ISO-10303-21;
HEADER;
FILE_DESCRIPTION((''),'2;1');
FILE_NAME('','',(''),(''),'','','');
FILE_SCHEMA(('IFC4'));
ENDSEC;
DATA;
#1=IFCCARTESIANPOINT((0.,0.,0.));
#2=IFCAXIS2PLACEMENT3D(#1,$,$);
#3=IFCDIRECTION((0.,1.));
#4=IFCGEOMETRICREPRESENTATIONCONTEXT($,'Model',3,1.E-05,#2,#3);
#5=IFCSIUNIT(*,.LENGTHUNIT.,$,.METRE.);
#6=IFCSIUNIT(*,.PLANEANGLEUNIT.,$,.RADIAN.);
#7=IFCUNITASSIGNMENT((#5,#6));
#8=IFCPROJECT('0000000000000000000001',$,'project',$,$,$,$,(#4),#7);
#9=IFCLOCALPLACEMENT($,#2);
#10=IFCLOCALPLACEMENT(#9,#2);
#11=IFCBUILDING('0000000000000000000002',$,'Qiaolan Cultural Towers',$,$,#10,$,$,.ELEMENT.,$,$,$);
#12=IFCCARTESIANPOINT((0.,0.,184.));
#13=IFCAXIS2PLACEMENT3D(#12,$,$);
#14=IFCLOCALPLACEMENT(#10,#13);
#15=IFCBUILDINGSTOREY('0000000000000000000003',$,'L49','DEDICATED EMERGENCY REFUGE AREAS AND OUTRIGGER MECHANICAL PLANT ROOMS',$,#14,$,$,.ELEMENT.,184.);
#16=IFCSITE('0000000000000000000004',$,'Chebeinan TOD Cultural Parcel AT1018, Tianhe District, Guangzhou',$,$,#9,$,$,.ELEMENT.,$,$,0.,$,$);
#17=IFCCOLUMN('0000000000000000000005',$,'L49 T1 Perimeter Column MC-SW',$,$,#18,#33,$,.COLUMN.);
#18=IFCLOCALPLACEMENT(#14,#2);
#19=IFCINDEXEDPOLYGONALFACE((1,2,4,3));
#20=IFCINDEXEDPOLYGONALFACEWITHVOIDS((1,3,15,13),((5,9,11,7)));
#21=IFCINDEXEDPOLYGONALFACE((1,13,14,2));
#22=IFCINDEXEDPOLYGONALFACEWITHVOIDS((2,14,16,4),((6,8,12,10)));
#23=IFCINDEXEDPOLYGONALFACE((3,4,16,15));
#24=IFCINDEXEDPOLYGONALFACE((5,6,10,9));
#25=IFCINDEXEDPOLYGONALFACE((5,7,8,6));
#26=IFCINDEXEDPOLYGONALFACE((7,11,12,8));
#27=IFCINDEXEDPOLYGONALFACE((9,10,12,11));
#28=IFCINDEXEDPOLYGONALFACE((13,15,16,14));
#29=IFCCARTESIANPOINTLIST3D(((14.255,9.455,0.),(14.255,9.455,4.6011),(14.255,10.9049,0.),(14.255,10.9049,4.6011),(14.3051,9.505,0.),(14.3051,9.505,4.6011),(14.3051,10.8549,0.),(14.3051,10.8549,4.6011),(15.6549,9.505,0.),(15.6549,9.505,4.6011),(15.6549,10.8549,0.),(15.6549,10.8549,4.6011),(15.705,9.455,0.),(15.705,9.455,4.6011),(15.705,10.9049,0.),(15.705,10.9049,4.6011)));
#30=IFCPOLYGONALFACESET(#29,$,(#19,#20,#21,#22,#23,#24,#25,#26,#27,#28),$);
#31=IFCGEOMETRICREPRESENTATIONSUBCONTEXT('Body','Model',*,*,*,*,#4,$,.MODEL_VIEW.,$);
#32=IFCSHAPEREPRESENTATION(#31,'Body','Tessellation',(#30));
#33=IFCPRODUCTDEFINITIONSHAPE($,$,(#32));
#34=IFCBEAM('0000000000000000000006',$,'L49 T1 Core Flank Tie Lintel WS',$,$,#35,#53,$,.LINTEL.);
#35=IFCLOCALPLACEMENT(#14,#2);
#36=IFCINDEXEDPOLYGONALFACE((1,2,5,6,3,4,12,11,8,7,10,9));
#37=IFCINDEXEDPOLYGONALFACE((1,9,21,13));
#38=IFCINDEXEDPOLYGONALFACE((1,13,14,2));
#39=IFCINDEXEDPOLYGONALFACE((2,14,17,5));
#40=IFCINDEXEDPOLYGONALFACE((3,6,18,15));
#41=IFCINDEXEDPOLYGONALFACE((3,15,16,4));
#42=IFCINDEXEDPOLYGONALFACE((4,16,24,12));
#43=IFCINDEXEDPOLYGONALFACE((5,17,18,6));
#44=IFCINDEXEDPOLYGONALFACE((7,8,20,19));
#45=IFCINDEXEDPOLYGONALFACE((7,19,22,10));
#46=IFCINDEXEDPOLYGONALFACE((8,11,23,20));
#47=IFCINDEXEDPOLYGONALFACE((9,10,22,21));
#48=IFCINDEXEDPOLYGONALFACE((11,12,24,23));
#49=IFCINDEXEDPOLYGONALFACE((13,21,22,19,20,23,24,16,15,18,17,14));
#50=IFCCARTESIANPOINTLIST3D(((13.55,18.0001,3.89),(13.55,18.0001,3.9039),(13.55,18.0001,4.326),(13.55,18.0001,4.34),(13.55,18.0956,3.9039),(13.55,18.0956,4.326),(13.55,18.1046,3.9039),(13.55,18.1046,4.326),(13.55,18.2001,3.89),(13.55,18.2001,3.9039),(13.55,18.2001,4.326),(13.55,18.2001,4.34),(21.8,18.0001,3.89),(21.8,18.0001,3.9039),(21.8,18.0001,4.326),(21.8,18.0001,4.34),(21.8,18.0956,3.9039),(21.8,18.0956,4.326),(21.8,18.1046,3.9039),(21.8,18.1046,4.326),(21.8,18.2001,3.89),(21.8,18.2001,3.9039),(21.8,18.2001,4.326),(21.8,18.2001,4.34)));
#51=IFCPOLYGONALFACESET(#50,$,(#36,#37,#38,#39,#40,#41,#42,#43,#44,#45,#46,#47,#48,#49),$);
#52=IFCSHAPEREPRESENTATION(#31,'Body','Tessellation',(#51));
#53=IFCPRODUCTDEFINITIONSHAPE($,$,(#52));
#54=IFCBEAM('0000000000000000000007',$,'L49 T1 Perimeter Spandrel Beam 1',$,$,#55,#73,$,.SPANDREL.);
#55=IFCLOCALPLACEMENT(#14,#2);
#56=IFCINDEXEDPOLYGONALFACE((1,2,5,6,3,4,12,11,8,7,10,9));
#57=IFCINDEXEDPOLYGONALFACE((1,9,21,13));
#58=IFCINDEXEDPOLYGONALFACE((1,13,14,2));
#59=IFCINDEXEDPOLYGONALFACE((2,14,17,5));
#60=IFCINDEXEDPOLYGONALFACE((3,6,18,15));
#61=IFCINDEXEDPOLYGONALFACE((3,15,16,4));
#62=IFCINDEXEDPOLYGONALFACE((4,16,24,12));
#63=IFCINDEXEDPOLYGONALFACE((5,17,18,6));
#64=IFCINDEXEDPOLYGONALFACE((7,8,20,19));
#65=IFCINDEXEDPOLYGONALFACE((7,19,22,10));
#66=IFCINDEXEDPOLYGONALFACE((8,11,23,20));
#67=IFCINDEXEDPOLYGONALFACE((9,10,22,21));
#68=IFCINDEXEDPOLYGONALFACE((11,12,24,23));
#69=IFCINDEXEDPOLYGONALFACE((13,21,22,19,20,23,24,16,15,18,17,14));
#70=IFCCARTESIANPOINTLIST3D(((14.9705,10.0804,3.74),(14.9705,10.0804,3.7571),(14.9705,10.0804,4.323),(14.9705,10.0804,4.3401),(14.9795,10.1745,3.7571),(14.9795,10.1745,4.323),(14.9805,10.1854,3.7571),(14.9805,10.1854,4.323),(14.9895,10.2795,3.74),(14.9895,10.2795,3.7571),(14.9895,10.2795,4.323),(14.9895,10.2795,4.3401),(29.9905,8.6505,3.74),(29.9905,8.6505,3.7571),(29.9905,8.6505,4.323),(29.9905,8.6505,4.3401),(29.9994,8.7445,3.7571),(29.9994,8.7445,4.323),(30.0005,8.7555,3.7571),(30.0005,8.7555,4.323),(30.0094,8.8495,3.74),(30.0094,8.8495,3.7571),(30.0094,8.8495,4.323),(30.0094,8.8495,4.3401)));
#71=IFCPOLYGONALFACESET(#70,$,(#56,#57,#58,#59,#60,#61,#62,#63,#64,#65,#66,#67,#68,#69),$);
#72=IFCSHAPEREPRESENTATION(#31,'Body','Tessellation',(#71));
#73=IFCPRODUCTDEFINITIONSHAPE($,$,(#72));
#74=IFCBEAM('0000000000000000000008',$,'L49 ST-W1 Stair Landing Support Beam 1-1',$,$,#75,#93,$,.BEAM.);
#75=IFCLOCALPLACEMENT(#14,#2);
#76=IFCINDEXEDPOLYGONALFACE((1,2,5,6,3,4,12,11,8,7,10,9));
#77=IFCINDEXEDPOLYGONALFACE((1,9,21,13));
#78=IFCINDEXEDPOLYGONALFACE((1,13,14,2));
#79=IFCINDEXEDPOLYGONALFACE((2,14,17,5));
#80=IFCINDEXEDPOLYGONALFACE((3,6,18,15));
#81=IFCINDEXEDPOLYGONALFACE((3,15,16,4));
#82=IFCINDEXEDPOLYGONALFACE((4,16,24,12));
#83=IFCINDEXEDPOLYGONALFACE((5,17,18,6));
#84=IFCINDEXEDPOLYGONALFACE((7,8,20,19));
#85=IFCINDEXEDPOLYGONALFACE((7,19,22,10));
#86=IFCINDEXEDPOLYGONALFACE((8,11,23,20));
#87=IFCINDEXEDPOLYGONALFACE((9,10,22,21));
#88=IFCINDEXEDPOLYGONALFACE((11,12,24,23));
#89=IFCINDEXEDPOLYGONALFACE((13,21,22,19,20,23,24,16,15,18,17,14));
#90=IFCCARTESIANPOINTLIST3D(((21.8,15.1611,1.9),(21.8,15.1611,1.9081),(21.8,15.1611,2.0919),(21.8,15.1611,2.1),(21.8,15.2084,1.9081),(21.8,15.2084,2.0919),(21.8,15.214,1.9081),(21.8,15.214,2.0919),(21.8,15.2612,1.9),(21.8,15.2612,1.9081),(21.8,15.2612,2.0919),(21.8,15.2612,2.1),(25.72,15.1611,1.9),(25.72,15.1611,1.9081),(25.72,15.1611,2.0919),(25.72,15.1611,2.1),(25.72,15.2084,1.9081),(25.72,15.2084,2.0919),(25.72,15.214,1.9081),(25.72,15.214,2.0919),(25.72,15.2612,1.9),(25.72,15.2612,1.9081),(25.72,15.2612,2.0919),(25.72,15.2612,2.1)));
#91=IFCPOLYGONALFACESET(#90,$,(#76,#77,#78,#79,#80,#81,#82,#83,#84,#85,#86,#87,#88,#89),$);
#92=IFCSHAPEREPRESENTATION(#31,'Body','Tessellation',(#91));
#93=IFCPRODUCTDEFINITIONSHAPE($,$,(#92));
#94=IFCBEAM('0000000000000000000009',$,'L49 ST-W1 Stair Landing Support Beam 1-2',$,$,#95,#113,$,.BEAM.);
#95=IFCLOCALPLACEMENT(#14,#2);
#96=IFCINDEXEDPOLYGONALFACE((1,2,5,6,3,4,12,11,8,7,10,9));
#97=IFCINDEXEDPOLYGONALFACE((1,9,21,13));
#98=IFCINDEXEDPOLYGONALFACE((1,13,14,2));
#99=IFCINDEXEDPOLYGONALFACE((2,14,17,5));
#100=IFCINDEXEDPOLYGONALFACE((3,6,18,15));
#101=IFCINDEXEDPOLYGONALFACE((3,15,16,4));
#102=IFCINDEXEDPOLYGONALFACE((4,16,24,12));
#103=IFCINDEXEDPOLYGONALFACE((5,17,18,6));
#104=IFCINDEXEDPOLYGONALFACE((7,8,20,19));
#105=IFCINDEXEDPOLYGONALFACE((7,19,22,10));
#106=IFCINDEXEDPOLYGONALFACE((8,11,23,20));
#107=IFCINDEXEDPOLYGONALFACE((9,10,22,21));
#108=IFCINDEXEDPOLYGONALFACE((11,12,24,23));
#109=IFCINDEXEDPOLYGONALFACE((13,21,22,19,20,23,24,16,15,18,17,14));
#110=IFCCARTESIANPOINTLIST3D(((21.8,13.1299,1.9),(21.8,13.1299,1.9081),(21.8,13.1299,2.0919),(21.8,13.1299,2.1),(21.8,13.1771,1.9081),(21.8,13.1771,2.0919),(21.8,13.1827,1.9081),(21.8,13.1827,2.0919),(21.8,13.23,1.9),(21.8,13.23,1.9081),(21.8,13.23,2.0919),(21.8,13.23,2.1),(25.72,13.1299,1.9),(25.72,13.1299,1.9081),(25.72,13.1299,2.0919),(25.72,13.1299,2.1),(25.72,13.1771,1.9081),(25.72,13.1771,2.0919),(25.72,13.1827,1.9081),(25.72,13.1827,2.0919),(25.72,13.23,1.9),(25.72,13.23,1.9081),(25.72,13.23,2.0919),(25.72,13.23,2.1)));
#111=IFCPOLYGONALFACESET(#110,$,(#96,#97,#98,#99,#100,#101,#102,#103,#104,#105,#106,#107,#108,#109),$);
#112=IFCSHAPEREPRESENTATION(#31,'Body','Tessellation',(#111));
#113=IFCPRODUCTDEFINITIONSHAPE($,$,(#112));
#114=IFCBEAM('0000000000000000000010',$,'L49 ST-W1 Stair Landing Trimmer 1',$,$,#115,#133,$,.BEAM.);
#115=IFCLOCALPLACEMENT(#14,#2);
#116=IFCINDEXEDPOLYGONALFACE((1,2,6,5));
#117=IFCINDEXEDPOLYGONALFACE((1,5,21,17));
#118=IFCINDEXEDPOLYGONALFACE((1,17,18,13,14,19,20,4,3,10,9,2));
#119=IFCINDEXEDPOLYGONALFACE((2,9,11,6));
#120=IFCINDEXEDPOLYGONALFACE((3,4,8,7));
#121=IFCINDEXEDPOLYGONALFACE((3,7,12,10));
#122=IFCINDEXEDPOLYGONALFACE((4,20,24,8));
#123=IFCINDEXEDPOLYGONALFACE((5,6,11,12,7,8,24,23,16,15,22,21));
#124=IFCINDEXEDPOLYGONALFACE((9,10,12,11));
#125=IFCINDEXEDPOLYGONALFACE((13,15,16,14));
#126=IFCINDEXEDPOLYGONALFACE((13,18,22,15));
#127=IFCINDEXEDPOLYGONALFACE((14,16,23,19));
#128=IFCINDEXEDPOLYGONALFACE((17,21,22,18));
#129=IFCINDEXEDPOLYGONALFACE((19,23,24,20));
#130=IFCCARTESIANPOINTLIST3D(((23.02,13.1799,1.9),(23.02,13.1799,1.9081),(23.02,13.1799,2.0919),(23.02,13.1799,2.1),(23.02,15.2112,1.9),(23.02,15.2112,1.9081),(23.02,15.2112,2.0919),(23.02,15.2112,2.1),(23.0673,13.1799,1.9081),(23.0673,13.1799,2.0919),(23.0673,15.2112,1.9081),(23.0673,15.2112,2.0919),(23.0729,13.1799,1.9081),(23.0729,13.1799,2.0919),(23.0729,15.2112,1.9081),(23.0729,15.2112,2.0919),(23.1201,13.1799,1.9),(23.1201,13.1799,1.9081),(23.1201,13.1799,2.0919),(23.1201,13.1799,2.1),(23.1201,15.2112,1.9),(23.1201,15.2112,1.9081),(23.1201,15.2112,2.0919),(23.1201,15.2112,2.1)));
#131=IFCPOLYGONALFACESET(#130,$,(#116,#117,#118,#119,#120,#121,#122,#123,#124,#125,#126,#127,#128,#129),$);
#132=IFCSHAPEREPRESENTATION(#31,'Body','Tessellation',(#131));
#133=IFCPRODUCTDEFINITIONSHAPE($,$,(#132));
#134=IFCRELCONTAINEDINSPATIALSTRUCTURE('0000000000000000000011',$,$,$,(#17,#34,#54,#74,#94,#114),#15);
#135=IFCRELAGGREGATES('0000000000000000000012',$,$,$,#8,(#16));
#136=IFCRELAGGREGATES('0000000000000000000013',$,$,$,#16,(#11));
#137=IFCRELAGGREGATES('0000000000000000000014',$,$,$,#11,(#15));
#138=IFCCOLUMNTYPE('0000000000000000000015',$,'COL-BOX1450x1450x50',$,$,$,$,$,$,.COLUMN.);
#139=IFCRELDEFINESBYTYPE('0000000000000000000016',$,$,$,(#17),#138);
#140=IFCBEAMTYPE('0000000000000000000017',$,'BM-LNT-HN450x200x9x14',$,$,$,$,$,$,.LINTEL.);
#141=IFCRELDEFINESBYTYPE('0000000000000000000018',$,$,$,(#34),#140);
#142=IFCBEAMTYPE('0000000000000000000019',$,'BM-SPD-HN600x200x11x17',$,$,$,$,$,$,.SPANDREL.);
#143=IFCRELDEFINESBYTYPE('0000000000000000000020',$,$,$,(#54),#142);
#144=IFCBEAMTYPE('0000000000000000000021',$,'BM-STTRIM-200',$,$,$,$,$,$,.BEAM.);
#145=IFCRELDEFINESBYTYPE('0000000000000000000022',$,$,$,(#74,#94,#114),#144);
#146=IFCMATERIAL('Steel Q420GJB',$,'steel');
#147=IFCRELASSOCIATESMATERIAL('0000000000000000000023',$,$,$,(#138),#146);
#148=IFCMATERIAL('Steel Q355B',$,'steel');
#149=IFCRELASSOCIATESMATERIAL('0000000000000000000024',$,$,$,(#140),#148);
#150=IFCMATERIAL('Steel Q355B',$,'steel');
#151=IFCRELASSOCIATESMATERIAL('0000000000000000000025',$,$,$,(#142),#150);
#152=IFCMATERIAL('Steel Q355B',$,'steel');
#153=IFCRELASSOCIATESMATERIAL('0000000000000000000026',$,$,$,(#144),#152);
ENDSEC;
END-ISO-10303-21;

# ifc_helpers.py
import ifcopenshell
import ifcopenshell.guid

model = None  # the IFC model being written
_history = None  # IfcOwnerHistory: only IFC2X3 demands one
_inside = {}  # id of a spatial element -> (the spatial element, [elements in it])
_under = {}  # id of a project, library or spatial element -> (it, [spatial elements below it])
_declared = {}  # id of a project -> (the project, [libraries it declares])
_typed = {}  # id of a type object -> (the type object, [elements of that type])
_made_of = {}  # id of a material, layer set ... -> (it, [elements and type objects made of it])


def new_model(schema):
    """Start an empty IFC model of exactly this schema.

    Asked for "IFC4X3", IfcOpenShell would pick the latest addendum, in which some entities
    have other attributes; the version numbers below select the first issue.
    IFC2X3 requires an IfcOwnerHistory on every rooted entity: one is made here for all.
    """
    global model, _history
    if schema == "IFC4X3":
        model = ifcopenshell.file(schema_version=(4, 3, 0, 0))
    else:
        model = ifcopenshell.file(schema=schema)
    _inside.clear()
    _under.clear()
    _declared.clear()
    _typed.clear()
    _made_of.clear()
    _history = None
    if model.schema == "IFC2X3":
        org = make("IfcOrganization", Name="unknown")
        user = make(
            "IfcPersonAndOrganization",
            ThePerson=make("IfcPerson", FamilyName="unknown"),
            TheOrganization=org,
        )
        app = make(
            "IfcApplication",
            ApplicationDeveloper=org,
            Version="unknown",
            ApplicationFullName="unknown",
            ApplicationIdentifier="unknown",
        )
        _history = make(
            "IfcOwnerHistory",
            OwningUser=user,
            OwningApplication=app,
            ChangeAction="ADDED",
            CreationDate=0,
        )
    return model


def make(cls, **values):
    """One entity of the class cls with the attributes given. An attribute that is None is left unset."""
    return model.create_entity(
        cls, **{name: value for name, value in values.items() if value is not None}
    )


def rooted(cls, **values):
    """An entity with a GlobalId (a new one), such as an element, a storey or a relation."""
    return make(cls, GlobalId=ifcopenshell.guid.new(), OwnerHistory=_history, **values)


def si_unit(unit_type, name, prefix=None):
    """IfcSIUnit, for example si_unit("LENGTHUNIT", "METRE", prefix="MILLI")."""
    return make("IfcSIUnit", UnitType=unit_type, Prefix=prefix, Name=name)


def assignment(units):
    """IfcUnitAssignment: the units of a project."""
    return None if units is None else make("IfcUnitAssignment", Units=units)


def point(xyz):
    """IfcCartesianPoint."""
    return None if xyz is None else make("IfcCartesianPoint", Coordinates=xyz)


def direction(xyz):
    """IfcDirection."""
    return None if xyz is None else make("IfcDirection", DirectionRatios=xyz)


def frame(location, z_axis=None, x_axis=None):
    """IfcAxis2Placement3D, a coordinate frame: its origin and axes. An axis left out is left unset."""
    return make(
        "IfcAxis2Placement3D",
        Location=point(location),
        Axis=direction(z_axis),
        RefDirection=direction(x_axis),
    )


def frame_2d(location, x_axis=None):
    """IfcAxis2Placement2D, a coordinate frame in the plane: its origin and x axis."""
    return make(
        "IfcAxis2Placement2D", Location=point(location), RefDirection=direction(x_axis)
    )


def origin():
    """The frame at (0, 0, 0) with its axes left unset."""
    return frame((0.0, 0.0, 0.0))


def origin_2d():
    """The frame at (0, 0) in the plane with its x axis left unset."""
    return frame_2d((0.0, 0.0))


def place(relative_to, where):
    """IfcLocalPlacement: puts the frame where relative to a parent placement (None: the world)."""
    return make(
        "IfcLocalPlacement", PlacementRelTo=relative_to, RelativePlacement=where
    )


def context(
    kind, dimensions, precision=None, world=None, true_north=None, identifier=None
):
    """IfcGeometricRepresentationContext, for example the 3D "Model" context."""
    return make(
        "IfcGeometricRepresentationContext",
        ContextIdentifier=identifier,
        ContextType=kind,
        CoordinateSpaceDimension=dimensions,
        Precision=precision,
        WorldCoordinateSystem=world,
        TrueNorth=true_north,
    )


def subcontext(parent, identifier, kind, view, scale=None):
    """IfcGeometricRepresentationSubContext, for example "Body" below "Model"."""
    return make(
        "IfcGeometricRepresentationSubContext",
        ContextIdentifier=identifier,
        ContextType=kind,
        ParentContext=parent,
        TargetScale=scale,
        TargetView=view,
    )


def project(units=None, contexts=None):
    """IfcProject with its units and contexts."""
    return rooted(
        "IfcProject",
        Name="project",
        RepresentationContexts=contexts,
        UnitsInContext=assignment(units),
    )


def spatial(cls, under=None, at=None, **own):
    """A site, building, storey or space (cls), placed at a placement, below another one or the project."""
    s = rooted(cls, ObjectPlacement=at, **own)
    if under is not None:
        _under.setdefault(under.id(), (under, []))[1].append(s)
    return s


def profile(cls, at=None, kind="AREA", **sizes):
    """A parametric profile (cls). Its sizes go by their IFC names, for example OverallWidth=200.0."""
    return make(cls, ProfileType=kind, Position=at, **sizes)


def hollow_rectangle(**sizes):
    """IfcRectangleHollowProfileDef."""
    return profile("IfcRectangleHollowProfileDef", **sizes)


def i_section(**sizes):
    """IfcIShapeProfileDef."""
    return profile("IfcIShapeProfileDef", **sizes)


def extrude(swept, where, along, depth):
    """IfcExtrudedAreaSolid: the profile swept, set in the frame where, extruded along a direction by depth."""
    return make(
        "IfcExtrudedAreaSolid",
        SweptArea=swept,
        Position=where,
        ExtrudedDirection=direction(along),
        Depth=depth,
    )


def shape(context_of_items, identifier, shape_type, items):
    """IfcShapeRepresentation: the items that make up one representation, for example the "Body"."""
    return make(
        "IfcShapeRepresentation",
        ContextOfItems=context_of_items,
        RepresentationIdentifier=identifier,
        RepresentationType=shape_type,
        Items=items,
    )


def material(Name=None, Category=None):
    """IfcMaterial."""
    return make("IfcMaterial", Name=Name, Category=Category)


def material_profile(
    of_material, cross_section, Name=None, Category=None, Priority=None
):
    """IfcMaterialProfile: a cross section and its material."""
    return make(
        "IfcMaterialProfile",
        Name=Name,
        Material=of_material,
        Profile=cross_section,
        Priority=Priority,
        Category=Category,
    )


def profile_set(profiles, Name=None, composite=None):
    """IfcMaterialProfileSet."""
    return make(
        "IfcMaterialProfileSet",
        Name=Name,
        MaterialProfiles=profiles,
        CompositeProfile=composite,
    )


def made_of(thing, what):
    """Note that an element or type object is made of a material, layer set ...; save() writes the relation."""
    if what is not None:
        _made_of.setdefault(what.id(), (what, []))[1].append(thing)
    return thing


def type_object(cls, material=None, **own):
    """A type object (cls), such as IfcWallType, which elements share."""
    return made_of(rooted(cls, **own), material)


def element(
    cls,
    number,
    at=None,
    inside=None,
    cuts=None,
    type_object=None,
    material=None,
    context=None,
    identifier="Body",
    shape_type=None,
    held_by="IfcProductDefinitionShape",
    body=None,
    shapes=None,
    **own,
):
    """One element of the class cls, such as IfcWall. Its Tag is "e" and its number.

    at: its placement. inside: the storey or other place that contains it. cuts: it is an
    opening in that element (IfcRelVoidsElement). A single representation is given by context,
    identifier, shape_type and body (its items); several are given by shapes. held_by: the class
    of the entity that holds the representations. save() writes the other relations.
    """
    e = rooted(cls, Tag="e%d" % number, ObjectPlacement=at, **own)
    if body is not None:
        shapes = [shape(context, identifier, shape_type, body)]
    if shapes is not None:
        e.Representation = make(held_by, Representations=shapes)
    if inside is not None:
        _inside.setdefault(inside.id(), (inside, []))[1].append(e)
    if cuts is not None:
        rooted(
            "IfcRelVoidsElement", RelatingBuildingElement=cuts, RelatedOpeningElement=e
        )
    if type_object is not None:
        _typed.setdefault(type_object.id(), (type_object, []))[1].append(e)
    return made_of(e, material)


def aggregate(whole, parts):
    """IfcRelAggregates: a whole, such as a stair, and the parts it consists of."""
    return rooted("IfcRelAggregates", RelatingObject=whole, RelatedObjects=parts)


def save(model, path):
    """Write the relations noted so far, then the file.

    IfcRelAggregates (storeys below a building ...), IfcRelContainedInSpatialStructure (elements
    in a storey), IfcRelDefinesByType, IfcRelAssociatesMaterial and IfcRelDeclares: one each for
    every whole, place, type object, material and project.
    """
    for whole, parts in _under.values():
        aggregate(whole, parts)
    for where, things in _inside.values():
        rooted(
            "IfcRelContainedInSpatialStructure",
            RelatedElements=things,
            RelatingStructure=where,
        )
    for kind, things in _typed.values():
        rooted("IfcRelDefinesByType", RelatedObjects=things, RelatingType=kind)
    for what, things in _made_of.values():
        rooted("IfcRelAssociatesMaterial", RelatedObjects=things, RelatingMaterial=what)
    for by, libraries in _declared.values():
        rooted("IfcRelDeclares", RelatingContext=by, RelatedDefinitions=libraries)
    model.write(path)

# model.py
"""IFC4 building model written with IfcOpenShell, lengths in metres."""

from ifc_helpers import new_model, si_unit, direction, frame, origin, origin_2d, place, context, subcontext, project, spatial, hollow_rectangle, i_section, extrude, material, material_profile, profile_set, type_object, element, save


model = new_model("IFC4")

# Units and contexts
model_context = context("Model", 3, precision=1e-05, world=origin(), true_north=direction((0.0, 1.0)))
body_context = subcontext(model_context, "Body", "Model", "MODEL_VIEW")
ifc_project = project(units=[si_unit("LENGTHUNIT", "METRE"), si_unit("PLANEANGLEUNIT", "RADIAN")], contexts=[model_context])

# Site, building, storey
site_placement = place(None, origin())
site = spatial("IfcSite", under=ifc_project, at=site_placement, Name="Chebeinan TOD Cultural Parcel AT1018, Tianhe District, Guangzhou", CompositionType="ELEMENT", RefElevation=0.0)
building_placement = place(site_placement, origin())
building = spatial("IfcBuilding", under=site, at=building_placement, Name="Qiaolan Cultural Towers", CompositionType="ELEMENT")
storey_placement = place(building_placement, frame((0.0, 0.0, 184.0)))
storey = spatial("IfcBuildingStorey", under=building, at=storey_placement, Name="L49", Description="DEDICATED EMERGENCY REFUGE AREAS AND OUTRIGGER MECHANICAL PLANT ROOMS", CompositionType="ELEMENT", Elevation=184.0)

# Column
ifc_material_1 = material(Name="Steel Q420GJB", Category="steel")
ifc_material_profile_1 = material_profile(ifc_material_1, hollow_rectangle(XDim=1.45, YDim=1.45, WallThickness=0.05, at=origin_2d()), Name="BOX1450x1450x50")
ifc_profile_set_1 = profile_set([ifc_material_profile_1], Name="Steel Q420GJB")
column_type = type_object("IfcColumnType", Name="COL-BOX1450x1450x50", PredefinedType="COLUMN", material=ifc_profile_set_1)
column_placement = place(storey_placement, frame((14.98, 10.1799, 0.0), z_axis=(0.0, 0.0, 1.0), x_axis=(1.0, 0.0, 0.0)))
element("IfcColumn", 1, at=column_placement, inside=storey, type_object=column_type, Name="L49 T1 Perimeter Column MC-SW", PredefinedType="COLUMN", context=body_context, shape_type="SweptSolid", body=[
    extrude(hollow_rectangle(XDim=1.45, YDim=1.45, WallThickness=0.05, at=origin_2d()), origin(), (0.0, 0.0, 1.0), 4.6011),
])

# Beams
ifc_material_2 = material(Name="Steel Q355B", Category="steel")
ifc_material_profile_2 = material_profile(ifc_material_2, i_section(OverallWidth=0.2, OverallDepth=0.45, WebThickness=0.009, FlangeThickness=0.0139, at=origin_2d()), Name="HN450x200x9x14")
ifc_profile_set_2 = profile_set([ifc_material_profile_2], Name="Steel Q355B")
beam_type_1 = type_object("IfcBeamType", Name="BM-LNT-HN450x200x9x14", PredefinedType="LINTEL", material=ifc_profile_set_2)
beam_1_placement = place(storey_placement, frame((21.8, 18.1001, 4.115), z_axis=(-1.0, 0.0, 0.0), x_axis=(0.0, -1.0, 0.0)))
element("IfcBeam", 2, at=beam_1_placement, inside=storey, type_object=beam_type_1, Name="L49 T1 Core Flank Tie Lintel WS", PredefinedType="LINTEL", context=body_context, shape_type="SweptSolid", body=[
    extrude(i_section(OverallWidth=0.2, OverallDepth=0.45, WebThickness=0.009, FlangeThickness=0.0139, at=origin_2d()), origin(), (0.0, 0.0, 1.0), 8.25),
])
ifc_material_3 = material(Name="Steel Q355B", Category="steel")
ifc_material_profile_3 = material_profile(ifc_material_3, i_section(OverallWidth=0.2, OverallDepth=0.6001, WebThickness=0.011, FlangeThickness=0.0171, at=origin_2d()), Name="HN600x200x11x17")
ifc_profile_set_3 = profile_set([ifc_material_profile_3], Name="Steel Q355B")
beam_type_2 = type_object("IfcBeamType", Name="BM-SPD-HN600x200x11x17", PredefinedType="SPANDREL", material=ifc_profile_set_3)
beam_2_placement = place(storey_placement, frame((14.98, 10.1799, 4.04), z_axis=(0.995499, -0.094773, 0.0), x_axis=(0.094773, 0.995499, 0.0)))
element("IfcBeam", 3, at=beam_2_placement, inside=storey, type_object=beam_type_2, Name="L49 T1 Perimeter Spandrel Beam 1", PredefinedType="SPANDREL", context=body_context, shape_type="SweptSolid", body=[
    extrude(i_section(OverallWidth=0.2, OverallDepth=0.6001, WebThickness=0.011, FlangeThickness=0.0171, at=origin_2d()), origin(), (0.0, 0.0, 1.0), 15.0879),
])
ifc_material_4 = material(Name="Steel Q355B", Category="steel")
ifc_material_profile_4 = material_profile(ifc_material_4, i_section(OverallWidth=0.1001, OverallDepth=0.2, WebThickness=0.0056, FlangeThickness=0.0081, at=origin_2d()), Name="HN200x100x5.5x8")
ifc_profile_set_4 = profile_set([ifc_material_profile_4], Name="Steel Q355B")
beam_type_3 = type_object("IfcBeamType", Name="BM-STTRIM-200", PredefinedType="BEAM", material=ifc_profile_set_4)
for number, where, z_axis, x_axis, name in (
    (4, (21.8, 15.2112, 2.0), (1.0, 0.0, 0.0), (0.0, 1.0, 0.0), "L49 ST-W1 Stair Landing Support Beam 1-1"),
    (5, (21.8, 13.1799, 2.0), (1.0, 0.0, 0.0), (0.0, 1.0, 0.0), "L49 ST-W1 Stair Landing Support Beam 1-2"),
):
    element("IfcBeam", number, at=place(storey_placement, frame(where, z_axis=z_axis, x_axis=x_axis)), inside=storey, type_object=beam_type_3, Name=name, PredefinedType="BEAM", context=body_context, shape_type="SweptSolid", body=[
        extrude(i_section(OverallWidth=0.1001, OverallDepth=0.2, WebThickness=0.0056, FlangeThickness=0.0081, at=origin_2d()), origin(), (0.0, 0.0, 1.0), 3.9199),
    ])
beam_3_placement = place(storey_placement, frame((23.0701, 15.2112, 2.0), z_axis=(0.0, -1.0, 0.0), x_axis=(1.0, 0.0, 0.0)))
element("IfcBeam", 6, at=beam_3_placement, inside=storey, type_object=beam_type_3, Name="L49 ST-W1 Stair Landing Trimmer 1", PredefinedType="BEAM", context=body_context, shape_type="SweptSolid", body=[
    extrude(i_section(OverallWidth=0.1001, OverallDepth=0.2, WebThickness=0.0056, FlangeThickness=0.0081, at=origin_2d()), origin(), (0.0, 0.0, 1.0), 2.0312),
])

save(model, "model.ifc")
